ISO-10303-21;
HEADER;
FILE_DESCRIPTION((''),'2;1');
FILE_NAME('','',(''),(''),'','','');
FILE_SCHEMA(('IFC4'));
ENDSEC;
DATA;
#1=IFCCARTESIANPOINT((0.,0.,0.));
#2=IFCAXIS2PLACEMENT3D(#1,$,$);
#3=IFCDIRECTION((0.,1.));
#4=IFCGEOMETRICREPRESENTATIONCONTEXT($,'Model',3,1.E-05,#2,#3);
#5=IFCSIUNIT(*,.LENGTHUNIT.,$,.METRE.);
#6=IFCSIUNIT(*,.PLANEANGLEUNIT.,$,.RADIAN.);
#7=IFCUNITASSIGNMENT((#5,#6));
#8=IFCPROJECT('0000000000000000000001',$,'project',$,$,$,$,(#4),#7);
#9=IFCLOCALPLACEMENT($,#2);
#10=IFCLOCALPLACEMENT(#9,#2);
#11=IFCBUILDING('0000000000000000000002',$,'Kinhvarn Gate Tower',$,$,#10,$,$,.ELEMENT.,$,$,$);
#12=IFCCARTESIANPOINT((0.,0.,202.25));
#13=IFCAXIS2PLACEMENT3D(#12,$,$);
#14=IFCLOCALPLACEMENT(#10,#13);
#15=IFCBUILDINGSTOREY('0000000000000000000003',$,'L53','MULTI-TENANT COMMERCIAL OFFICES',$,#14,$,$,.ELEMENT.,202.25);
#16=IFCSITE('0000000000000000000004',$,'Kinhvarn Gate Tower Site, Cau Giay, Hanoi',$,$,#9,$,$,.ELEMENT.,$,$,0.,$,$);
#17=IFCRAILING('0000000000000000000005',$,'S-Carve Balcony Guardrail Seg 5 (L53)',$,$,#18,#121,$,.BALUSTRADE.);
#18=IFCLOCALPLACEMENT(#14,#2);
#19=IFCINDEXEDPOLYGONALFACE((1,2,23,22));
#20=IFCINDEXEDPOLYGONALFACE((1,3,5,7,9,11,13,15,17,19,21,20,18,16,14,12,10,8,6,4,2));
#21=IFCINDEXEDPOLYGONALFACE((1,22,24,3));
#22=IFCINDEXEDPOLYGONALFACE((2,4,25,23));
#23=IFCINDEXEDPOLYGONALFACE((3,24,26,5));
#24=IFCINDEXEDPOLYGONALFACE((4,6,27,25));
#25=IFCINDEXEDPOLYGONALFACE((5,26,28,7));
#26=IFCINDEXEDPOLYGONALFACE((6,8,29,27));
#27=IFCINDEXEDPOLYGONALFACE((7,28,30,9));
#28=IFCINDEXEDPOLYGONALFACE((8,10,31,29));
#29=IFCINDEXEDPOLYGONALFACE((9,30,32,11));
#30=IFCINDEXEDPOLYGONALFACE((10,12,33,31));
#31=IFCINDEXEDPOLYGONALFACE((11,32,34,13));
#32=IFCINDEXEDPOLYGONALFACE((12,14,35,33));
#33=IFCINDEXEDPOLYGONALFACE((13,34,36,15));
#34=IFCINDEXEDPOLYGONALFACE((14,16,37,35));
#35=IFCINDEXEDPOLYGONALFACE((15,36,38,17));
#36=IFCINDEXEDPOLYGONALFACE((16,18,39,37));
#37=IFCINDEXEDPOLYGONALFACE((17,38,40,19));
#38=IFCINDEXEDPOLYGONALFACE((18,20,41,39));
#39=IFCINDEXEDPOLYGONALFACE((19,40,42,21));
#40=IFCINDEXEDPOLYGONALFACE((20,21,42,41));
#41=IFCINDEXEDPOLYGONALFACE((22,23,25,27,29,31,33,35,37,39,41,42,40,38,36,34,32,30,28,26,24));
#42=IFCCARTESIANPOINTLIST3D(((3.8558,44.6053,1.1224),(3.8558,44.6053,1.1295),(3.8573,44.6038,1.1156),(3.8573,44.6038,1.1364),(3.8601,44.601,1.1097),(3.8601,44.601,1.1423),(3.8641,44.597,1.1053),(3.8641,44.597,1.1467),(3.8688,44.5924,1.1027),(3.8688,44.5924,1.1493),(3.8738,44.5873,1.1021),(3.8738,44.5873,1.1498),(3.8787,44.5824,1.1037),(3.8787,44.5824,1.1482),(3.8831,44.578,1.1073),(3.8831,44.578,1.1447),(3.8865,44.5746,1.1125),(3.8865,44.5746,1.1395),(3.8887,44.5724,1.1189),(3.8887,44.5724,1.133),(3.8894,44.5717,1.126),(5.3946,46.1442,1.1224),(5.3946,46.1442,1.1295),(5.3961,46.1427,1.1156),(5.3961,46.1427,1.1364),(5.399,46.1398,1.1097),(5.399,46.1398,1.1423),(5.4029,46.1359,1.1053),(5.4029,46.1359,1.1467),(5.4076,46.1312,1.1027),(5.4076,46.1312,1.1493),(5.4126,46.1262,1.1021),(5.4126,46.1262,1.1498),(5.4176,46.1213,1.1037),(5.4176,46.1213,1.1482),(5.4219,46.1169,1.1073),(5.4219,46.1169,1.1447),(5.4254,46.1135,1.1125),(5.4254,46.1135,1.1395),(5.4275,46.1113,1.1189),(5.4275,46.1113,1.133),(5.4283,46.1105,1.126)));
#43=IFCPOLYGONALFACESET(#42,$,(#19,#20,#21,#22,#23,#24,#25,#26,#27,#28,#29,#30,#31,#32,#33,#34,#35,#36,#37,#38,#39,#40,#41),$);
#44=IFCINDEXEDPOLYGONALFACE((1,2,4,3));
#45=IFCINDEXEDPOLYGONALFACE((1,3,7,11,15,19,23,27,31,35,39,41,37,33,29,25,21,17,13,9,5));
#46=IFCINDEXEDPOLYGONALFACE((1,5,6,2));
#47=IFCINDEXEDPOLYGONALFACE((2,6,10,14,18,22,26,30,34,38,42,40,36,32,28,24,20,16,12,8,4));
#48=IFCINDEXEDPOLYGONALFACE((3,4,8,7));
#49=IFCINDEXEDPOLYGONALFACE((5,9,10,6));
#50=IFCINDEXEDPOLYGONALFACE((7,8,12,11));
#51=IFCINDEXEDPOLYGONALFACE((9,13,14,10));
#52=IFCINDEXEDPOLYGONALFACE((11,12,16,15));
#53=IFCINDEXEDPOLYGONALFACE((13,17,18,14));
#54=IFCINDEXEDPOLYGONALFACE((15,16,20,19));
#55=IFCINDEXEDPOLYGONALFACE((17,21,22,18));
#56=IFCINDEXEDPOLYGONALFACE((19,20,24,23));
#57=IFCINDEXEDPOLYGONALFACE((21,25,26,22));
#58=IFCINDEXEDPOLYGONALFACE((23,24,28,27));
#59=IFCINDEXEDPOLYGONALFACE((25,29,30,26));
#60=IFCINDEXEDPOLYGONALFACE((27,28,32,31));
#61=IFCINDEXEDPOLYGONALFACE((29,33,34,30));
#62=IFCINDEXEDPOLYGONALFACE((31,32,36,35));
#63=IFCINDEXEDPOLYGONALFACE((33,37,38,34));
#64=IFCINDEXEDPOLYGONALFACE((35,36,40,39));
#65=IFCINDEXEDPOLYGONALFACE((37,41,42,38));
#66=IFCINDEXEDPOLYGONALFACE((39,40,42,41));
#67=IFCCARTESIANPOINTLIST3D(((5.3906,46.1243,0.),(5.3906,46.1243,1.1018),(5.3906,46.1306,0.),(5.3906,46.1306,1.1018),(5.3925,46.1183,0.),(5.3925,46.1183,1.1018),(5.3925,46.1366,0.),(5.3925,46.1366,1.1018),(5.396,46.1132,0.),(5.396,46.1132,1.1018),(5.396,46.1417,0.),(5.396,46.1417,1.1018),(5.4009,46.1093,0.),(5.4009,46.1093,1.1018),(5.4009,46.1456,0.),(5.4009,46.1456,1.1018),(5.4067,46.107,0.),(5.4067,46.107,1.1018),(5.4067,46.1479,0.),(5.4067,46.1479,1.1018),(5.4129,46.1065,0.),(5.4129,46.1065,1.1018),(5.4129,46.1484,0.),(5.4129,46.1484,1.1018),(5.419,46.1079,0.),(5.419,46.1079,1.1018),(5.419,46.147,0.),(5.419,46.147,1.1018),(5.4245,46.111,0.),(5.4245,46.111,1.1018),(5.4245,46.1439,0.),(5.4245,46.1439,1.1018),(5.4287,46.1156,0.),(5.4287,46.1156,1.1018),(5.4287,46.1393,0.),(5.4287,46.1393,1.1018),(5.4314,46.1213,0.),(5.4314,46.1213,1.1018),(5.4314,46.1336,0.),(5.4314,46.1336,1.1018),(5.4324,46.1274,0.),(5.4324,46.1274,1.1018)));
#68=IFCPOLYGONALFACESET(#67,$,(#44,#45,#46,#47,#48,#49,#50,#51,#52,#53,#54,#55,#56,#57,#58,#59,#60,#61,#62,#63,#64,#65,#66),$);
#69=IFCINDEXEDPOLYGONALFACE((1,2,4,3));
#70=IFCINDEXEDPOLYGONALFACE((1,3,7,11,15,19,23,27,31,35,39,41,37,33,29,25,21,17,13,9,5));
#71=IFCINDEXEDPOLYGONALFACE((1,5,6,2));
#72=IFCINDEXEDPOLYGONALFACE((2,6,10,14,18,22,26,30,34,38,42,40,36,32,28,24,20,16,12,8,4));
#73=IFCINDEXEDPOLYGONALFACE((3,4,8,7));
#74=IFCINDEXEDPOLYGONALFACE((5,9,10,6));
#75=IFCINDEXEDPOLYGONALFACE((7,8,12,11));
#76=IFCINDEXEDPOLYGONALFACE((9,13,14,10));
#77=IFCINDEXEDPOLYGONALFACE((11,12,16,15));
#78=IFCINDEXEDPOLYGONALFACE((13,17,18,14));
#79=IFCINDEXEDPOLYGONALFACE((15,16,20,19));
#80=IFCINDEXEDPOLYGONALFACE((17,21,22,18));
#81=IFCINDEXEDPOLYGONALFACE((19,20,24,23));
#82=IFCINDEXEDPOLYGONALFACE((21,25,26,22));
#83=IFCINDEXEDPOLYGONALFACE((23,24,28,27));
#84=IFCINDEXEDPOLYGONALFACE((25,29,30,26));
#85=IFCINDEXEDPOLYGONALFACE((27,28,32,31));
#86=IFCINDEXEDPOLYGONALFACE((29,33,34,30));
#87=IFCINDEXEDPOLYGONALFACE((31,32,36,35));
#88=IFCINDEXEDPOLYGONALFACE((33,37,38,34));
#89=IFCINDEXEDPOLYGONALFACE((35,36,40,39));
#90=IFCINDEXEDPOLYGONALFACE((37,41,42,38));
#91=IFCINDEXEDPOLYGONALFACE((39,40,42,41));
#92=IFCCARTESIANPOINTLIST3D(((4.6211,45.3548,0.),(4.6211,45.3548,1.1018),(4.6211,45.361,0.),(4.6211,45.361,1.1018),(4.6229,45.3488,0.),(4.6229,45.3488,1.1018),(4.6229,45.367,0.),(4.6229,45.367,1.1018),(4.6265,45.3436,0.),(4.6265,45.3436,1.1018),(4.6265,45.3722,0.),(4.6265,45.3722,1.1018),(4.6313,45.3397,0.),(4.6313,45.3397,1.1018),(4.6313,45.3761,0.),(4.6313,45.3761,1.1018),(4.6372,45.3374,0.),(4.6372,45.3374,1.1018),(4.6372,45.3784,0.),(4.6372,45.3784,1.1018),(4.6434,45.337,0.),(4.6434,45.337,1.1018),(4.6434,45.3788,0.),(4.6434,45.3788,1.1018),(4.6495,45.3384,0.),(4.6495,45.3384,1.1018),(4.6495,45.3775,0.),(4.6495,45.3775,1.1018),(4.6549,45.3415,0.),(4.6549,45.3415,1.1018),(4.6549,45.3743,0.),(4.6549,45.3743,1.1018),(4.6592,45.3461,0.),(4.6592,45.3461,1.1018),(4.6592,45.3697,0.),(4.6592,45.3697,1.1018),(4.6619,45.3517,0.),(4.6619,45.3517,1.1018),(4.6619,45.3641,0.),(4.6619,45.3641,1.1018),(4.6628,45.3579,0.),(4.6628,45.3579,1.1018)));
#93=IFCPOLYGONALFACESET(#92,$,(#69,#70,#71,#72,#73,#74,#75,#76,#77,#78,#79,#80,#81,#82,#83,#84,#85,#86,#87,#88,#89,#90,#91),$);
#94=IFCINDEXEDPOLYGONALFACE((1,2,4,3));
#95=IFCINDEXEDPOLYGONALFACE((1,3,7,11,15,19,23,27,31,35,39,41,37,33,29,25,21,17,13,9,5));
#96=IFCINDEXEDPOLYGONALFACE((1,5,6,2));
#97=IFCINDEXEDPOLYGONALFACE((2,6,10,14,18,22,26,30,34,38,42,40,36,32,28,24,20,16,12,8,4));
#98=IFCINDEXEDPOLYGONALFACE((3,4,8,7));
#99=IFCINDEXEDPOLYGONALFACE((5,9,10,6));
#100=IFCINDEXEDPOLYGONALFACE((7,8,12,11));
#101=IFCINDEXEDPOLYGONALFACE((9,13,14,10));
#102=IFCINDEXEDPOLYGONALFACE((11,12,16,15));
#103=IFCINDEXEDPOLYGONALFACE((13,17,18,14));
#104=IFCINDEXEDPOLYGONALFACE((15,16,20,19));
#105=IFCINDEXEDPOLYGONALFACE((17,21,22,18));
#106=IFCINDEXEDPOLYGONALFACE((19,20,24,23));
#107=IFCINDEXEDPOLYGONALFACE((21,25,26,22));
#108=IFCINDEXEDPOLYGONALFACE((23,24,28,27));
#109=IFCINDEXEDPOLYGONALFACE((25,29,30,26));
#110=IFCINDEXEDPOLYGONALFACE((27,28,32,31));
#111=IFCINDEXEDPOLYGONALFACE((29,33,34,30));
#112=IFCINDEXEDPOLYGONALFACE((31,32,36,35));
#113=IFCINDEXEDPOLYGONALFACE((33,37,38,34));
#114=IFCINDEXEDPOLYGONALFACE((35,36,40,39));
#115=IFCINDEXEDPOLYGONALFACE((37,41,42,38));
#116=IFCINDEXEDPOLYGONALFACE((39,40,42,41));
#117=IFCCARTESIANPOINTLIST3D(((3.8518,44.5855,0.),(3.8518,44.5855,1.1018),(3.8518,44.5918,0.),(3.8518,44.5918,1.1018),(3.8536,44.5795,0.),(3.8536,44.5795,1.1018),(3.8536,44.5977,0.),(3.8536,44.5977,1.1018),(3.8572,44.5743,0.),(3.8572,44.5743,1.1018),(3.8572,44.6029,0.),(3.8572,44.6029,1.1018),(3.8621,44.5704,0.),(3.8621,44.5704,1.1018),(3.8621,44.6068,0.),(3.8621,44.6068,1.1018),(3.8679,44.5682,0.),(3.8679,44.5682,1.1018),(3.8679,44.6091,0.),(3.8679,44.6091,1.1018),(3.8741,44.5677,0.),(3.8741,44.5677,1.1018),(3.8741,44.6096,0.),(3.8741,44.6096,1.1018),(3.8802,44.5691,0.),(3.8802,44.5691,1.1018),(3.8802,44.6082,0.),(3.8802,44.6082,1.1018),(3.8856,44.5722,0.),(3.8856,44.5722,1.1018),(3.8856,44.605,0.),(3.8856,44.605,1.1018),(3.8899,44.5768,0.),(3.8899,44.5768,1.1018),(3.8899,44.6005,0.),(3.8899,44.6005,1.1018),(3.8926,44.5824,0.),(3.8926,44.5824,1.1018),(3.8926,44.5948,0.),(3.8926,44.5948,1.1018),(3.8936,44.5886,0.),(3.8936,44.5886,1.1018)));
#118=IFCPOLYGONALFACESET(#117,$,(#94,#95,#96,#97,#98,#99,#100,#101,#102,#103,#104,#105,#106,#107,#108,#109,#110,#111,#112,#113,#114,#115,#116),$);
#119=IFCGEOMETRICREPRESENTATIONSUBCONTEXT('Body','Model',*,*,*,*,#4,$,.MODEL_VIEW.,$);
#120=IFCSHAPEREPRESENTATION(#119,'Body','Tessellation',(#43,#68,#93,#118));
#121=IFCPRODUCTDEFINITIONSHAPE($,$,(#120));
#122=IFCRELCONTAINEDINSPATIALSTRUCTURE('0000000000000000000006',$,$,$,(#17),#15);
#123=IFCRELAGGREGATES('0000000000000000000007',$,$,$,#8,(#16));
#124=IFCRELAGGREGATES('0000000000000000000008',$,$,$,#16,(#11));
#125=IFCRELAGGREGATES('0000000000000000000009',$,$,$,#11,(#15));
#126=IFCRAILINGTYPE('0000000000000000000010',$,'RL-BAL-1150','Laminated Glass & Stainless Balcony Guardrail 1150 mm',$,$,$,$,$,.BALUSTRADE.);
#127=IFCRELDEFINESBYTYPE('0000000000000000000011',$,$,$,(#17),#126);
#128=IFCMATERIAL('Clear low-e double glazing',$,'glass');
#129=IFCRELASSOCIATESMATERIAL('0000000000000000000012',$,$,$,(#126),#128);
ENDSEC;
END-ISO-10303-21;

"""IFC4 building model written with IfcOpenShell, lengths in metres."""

from ifc_helpers import new_model, si_unit, direction, frame, origin, origin_2d, place, context, subcontext, project, spatial, circle, extrude, material, type_object, element, save


model = new_model("IFC4")

# Units and contexts
model_context = context("Model", 3, precision=1e-05, world=origin(), true_north=direction((0.0, 1.0)))
body_context = subcontext(model_context, "Body", "Model", "MODEL_VIEW")
ifc_project = project(units=[si_unit("LENGTHUNIT", "METRE"), si_unit("PLANEANGLEUNIT", "RADIAN")], contexts=[model_context])

# Site, building, storey
site_placement = place(None, origin())
site = spatial("IfcSite", under=ifc_project, at=site_placement, Name="Kinhvarn Gate Tower Site, Cau Giay, Hanoi", CompositionType="ELEMENT", RefElevation=0.0)
building_placement = place(site_placement, origin())
building = spatial("IfcBuilding", under=site, at=building_placement, Name="Kinhvarn Gate Tower", CompositionType="ELEMENT")
storey_placement = place(building_placement, frame((0.0, 0.0, 202.25)))
storey = spatial("IfcBuildingStorey", under=building, at=storey_placement, Name="L53", Description="MULTI-TENANT COMMERCIAL OFFICES", CompositionType="ELEMENT", Elevation=202.25)

# Shared definitions
ifc_material_1 = material(Name="Clear low-e double glazing", Category="glass")

# Railing
railing_type = type_object("IfcRailingType", Name="RL-BAL-1150", Description="Laminated Glass & Stainless Balcony Guardrail 1150 mm", PredefinedType="BALUSTRADE", material=ifc_material_1)
railing_1_placement = place(storey_placement, frame((5.4114, 46.1274, 0.0)))
element("IfcRailing", 1, at=railing_1_placement, inside=storey, type_object=railing_type, Name="S-Carve Balcony Guardrail Seg 5 (L53)", PredefinedType="BALUSTRADE", context=body_context, shape_type="SweptSolid", body=[
    extrude(circle(Radius=0.0239, at=origin_2d()), frame((0.0, 0.0, 1.126), z_axis=(-0.707107, -0.707107, 0.0), x_axis=(0.707107, -0.707107, 0.0)), (0.0, 0.0, 1.0), 2.1763),
    extrude(circle(Radius=0.021, at=origin_2d()), origin(), (0.0, 0.0, 1.0), 1.1018),
    extrude(circle(Radius=0.021, at=origin_2d()), frame((-0.7695, -0.7695, 0.0)), (0.0, 0.0, 1.0), 1.1018),
    extrude(circle(Radius=0.021, at=origin_2d()), frame((-1.5388, -1.5388, 0.0)), (0.0, 0.0, 1.0), 1.1018),
])

save(model, "model.ifc")
